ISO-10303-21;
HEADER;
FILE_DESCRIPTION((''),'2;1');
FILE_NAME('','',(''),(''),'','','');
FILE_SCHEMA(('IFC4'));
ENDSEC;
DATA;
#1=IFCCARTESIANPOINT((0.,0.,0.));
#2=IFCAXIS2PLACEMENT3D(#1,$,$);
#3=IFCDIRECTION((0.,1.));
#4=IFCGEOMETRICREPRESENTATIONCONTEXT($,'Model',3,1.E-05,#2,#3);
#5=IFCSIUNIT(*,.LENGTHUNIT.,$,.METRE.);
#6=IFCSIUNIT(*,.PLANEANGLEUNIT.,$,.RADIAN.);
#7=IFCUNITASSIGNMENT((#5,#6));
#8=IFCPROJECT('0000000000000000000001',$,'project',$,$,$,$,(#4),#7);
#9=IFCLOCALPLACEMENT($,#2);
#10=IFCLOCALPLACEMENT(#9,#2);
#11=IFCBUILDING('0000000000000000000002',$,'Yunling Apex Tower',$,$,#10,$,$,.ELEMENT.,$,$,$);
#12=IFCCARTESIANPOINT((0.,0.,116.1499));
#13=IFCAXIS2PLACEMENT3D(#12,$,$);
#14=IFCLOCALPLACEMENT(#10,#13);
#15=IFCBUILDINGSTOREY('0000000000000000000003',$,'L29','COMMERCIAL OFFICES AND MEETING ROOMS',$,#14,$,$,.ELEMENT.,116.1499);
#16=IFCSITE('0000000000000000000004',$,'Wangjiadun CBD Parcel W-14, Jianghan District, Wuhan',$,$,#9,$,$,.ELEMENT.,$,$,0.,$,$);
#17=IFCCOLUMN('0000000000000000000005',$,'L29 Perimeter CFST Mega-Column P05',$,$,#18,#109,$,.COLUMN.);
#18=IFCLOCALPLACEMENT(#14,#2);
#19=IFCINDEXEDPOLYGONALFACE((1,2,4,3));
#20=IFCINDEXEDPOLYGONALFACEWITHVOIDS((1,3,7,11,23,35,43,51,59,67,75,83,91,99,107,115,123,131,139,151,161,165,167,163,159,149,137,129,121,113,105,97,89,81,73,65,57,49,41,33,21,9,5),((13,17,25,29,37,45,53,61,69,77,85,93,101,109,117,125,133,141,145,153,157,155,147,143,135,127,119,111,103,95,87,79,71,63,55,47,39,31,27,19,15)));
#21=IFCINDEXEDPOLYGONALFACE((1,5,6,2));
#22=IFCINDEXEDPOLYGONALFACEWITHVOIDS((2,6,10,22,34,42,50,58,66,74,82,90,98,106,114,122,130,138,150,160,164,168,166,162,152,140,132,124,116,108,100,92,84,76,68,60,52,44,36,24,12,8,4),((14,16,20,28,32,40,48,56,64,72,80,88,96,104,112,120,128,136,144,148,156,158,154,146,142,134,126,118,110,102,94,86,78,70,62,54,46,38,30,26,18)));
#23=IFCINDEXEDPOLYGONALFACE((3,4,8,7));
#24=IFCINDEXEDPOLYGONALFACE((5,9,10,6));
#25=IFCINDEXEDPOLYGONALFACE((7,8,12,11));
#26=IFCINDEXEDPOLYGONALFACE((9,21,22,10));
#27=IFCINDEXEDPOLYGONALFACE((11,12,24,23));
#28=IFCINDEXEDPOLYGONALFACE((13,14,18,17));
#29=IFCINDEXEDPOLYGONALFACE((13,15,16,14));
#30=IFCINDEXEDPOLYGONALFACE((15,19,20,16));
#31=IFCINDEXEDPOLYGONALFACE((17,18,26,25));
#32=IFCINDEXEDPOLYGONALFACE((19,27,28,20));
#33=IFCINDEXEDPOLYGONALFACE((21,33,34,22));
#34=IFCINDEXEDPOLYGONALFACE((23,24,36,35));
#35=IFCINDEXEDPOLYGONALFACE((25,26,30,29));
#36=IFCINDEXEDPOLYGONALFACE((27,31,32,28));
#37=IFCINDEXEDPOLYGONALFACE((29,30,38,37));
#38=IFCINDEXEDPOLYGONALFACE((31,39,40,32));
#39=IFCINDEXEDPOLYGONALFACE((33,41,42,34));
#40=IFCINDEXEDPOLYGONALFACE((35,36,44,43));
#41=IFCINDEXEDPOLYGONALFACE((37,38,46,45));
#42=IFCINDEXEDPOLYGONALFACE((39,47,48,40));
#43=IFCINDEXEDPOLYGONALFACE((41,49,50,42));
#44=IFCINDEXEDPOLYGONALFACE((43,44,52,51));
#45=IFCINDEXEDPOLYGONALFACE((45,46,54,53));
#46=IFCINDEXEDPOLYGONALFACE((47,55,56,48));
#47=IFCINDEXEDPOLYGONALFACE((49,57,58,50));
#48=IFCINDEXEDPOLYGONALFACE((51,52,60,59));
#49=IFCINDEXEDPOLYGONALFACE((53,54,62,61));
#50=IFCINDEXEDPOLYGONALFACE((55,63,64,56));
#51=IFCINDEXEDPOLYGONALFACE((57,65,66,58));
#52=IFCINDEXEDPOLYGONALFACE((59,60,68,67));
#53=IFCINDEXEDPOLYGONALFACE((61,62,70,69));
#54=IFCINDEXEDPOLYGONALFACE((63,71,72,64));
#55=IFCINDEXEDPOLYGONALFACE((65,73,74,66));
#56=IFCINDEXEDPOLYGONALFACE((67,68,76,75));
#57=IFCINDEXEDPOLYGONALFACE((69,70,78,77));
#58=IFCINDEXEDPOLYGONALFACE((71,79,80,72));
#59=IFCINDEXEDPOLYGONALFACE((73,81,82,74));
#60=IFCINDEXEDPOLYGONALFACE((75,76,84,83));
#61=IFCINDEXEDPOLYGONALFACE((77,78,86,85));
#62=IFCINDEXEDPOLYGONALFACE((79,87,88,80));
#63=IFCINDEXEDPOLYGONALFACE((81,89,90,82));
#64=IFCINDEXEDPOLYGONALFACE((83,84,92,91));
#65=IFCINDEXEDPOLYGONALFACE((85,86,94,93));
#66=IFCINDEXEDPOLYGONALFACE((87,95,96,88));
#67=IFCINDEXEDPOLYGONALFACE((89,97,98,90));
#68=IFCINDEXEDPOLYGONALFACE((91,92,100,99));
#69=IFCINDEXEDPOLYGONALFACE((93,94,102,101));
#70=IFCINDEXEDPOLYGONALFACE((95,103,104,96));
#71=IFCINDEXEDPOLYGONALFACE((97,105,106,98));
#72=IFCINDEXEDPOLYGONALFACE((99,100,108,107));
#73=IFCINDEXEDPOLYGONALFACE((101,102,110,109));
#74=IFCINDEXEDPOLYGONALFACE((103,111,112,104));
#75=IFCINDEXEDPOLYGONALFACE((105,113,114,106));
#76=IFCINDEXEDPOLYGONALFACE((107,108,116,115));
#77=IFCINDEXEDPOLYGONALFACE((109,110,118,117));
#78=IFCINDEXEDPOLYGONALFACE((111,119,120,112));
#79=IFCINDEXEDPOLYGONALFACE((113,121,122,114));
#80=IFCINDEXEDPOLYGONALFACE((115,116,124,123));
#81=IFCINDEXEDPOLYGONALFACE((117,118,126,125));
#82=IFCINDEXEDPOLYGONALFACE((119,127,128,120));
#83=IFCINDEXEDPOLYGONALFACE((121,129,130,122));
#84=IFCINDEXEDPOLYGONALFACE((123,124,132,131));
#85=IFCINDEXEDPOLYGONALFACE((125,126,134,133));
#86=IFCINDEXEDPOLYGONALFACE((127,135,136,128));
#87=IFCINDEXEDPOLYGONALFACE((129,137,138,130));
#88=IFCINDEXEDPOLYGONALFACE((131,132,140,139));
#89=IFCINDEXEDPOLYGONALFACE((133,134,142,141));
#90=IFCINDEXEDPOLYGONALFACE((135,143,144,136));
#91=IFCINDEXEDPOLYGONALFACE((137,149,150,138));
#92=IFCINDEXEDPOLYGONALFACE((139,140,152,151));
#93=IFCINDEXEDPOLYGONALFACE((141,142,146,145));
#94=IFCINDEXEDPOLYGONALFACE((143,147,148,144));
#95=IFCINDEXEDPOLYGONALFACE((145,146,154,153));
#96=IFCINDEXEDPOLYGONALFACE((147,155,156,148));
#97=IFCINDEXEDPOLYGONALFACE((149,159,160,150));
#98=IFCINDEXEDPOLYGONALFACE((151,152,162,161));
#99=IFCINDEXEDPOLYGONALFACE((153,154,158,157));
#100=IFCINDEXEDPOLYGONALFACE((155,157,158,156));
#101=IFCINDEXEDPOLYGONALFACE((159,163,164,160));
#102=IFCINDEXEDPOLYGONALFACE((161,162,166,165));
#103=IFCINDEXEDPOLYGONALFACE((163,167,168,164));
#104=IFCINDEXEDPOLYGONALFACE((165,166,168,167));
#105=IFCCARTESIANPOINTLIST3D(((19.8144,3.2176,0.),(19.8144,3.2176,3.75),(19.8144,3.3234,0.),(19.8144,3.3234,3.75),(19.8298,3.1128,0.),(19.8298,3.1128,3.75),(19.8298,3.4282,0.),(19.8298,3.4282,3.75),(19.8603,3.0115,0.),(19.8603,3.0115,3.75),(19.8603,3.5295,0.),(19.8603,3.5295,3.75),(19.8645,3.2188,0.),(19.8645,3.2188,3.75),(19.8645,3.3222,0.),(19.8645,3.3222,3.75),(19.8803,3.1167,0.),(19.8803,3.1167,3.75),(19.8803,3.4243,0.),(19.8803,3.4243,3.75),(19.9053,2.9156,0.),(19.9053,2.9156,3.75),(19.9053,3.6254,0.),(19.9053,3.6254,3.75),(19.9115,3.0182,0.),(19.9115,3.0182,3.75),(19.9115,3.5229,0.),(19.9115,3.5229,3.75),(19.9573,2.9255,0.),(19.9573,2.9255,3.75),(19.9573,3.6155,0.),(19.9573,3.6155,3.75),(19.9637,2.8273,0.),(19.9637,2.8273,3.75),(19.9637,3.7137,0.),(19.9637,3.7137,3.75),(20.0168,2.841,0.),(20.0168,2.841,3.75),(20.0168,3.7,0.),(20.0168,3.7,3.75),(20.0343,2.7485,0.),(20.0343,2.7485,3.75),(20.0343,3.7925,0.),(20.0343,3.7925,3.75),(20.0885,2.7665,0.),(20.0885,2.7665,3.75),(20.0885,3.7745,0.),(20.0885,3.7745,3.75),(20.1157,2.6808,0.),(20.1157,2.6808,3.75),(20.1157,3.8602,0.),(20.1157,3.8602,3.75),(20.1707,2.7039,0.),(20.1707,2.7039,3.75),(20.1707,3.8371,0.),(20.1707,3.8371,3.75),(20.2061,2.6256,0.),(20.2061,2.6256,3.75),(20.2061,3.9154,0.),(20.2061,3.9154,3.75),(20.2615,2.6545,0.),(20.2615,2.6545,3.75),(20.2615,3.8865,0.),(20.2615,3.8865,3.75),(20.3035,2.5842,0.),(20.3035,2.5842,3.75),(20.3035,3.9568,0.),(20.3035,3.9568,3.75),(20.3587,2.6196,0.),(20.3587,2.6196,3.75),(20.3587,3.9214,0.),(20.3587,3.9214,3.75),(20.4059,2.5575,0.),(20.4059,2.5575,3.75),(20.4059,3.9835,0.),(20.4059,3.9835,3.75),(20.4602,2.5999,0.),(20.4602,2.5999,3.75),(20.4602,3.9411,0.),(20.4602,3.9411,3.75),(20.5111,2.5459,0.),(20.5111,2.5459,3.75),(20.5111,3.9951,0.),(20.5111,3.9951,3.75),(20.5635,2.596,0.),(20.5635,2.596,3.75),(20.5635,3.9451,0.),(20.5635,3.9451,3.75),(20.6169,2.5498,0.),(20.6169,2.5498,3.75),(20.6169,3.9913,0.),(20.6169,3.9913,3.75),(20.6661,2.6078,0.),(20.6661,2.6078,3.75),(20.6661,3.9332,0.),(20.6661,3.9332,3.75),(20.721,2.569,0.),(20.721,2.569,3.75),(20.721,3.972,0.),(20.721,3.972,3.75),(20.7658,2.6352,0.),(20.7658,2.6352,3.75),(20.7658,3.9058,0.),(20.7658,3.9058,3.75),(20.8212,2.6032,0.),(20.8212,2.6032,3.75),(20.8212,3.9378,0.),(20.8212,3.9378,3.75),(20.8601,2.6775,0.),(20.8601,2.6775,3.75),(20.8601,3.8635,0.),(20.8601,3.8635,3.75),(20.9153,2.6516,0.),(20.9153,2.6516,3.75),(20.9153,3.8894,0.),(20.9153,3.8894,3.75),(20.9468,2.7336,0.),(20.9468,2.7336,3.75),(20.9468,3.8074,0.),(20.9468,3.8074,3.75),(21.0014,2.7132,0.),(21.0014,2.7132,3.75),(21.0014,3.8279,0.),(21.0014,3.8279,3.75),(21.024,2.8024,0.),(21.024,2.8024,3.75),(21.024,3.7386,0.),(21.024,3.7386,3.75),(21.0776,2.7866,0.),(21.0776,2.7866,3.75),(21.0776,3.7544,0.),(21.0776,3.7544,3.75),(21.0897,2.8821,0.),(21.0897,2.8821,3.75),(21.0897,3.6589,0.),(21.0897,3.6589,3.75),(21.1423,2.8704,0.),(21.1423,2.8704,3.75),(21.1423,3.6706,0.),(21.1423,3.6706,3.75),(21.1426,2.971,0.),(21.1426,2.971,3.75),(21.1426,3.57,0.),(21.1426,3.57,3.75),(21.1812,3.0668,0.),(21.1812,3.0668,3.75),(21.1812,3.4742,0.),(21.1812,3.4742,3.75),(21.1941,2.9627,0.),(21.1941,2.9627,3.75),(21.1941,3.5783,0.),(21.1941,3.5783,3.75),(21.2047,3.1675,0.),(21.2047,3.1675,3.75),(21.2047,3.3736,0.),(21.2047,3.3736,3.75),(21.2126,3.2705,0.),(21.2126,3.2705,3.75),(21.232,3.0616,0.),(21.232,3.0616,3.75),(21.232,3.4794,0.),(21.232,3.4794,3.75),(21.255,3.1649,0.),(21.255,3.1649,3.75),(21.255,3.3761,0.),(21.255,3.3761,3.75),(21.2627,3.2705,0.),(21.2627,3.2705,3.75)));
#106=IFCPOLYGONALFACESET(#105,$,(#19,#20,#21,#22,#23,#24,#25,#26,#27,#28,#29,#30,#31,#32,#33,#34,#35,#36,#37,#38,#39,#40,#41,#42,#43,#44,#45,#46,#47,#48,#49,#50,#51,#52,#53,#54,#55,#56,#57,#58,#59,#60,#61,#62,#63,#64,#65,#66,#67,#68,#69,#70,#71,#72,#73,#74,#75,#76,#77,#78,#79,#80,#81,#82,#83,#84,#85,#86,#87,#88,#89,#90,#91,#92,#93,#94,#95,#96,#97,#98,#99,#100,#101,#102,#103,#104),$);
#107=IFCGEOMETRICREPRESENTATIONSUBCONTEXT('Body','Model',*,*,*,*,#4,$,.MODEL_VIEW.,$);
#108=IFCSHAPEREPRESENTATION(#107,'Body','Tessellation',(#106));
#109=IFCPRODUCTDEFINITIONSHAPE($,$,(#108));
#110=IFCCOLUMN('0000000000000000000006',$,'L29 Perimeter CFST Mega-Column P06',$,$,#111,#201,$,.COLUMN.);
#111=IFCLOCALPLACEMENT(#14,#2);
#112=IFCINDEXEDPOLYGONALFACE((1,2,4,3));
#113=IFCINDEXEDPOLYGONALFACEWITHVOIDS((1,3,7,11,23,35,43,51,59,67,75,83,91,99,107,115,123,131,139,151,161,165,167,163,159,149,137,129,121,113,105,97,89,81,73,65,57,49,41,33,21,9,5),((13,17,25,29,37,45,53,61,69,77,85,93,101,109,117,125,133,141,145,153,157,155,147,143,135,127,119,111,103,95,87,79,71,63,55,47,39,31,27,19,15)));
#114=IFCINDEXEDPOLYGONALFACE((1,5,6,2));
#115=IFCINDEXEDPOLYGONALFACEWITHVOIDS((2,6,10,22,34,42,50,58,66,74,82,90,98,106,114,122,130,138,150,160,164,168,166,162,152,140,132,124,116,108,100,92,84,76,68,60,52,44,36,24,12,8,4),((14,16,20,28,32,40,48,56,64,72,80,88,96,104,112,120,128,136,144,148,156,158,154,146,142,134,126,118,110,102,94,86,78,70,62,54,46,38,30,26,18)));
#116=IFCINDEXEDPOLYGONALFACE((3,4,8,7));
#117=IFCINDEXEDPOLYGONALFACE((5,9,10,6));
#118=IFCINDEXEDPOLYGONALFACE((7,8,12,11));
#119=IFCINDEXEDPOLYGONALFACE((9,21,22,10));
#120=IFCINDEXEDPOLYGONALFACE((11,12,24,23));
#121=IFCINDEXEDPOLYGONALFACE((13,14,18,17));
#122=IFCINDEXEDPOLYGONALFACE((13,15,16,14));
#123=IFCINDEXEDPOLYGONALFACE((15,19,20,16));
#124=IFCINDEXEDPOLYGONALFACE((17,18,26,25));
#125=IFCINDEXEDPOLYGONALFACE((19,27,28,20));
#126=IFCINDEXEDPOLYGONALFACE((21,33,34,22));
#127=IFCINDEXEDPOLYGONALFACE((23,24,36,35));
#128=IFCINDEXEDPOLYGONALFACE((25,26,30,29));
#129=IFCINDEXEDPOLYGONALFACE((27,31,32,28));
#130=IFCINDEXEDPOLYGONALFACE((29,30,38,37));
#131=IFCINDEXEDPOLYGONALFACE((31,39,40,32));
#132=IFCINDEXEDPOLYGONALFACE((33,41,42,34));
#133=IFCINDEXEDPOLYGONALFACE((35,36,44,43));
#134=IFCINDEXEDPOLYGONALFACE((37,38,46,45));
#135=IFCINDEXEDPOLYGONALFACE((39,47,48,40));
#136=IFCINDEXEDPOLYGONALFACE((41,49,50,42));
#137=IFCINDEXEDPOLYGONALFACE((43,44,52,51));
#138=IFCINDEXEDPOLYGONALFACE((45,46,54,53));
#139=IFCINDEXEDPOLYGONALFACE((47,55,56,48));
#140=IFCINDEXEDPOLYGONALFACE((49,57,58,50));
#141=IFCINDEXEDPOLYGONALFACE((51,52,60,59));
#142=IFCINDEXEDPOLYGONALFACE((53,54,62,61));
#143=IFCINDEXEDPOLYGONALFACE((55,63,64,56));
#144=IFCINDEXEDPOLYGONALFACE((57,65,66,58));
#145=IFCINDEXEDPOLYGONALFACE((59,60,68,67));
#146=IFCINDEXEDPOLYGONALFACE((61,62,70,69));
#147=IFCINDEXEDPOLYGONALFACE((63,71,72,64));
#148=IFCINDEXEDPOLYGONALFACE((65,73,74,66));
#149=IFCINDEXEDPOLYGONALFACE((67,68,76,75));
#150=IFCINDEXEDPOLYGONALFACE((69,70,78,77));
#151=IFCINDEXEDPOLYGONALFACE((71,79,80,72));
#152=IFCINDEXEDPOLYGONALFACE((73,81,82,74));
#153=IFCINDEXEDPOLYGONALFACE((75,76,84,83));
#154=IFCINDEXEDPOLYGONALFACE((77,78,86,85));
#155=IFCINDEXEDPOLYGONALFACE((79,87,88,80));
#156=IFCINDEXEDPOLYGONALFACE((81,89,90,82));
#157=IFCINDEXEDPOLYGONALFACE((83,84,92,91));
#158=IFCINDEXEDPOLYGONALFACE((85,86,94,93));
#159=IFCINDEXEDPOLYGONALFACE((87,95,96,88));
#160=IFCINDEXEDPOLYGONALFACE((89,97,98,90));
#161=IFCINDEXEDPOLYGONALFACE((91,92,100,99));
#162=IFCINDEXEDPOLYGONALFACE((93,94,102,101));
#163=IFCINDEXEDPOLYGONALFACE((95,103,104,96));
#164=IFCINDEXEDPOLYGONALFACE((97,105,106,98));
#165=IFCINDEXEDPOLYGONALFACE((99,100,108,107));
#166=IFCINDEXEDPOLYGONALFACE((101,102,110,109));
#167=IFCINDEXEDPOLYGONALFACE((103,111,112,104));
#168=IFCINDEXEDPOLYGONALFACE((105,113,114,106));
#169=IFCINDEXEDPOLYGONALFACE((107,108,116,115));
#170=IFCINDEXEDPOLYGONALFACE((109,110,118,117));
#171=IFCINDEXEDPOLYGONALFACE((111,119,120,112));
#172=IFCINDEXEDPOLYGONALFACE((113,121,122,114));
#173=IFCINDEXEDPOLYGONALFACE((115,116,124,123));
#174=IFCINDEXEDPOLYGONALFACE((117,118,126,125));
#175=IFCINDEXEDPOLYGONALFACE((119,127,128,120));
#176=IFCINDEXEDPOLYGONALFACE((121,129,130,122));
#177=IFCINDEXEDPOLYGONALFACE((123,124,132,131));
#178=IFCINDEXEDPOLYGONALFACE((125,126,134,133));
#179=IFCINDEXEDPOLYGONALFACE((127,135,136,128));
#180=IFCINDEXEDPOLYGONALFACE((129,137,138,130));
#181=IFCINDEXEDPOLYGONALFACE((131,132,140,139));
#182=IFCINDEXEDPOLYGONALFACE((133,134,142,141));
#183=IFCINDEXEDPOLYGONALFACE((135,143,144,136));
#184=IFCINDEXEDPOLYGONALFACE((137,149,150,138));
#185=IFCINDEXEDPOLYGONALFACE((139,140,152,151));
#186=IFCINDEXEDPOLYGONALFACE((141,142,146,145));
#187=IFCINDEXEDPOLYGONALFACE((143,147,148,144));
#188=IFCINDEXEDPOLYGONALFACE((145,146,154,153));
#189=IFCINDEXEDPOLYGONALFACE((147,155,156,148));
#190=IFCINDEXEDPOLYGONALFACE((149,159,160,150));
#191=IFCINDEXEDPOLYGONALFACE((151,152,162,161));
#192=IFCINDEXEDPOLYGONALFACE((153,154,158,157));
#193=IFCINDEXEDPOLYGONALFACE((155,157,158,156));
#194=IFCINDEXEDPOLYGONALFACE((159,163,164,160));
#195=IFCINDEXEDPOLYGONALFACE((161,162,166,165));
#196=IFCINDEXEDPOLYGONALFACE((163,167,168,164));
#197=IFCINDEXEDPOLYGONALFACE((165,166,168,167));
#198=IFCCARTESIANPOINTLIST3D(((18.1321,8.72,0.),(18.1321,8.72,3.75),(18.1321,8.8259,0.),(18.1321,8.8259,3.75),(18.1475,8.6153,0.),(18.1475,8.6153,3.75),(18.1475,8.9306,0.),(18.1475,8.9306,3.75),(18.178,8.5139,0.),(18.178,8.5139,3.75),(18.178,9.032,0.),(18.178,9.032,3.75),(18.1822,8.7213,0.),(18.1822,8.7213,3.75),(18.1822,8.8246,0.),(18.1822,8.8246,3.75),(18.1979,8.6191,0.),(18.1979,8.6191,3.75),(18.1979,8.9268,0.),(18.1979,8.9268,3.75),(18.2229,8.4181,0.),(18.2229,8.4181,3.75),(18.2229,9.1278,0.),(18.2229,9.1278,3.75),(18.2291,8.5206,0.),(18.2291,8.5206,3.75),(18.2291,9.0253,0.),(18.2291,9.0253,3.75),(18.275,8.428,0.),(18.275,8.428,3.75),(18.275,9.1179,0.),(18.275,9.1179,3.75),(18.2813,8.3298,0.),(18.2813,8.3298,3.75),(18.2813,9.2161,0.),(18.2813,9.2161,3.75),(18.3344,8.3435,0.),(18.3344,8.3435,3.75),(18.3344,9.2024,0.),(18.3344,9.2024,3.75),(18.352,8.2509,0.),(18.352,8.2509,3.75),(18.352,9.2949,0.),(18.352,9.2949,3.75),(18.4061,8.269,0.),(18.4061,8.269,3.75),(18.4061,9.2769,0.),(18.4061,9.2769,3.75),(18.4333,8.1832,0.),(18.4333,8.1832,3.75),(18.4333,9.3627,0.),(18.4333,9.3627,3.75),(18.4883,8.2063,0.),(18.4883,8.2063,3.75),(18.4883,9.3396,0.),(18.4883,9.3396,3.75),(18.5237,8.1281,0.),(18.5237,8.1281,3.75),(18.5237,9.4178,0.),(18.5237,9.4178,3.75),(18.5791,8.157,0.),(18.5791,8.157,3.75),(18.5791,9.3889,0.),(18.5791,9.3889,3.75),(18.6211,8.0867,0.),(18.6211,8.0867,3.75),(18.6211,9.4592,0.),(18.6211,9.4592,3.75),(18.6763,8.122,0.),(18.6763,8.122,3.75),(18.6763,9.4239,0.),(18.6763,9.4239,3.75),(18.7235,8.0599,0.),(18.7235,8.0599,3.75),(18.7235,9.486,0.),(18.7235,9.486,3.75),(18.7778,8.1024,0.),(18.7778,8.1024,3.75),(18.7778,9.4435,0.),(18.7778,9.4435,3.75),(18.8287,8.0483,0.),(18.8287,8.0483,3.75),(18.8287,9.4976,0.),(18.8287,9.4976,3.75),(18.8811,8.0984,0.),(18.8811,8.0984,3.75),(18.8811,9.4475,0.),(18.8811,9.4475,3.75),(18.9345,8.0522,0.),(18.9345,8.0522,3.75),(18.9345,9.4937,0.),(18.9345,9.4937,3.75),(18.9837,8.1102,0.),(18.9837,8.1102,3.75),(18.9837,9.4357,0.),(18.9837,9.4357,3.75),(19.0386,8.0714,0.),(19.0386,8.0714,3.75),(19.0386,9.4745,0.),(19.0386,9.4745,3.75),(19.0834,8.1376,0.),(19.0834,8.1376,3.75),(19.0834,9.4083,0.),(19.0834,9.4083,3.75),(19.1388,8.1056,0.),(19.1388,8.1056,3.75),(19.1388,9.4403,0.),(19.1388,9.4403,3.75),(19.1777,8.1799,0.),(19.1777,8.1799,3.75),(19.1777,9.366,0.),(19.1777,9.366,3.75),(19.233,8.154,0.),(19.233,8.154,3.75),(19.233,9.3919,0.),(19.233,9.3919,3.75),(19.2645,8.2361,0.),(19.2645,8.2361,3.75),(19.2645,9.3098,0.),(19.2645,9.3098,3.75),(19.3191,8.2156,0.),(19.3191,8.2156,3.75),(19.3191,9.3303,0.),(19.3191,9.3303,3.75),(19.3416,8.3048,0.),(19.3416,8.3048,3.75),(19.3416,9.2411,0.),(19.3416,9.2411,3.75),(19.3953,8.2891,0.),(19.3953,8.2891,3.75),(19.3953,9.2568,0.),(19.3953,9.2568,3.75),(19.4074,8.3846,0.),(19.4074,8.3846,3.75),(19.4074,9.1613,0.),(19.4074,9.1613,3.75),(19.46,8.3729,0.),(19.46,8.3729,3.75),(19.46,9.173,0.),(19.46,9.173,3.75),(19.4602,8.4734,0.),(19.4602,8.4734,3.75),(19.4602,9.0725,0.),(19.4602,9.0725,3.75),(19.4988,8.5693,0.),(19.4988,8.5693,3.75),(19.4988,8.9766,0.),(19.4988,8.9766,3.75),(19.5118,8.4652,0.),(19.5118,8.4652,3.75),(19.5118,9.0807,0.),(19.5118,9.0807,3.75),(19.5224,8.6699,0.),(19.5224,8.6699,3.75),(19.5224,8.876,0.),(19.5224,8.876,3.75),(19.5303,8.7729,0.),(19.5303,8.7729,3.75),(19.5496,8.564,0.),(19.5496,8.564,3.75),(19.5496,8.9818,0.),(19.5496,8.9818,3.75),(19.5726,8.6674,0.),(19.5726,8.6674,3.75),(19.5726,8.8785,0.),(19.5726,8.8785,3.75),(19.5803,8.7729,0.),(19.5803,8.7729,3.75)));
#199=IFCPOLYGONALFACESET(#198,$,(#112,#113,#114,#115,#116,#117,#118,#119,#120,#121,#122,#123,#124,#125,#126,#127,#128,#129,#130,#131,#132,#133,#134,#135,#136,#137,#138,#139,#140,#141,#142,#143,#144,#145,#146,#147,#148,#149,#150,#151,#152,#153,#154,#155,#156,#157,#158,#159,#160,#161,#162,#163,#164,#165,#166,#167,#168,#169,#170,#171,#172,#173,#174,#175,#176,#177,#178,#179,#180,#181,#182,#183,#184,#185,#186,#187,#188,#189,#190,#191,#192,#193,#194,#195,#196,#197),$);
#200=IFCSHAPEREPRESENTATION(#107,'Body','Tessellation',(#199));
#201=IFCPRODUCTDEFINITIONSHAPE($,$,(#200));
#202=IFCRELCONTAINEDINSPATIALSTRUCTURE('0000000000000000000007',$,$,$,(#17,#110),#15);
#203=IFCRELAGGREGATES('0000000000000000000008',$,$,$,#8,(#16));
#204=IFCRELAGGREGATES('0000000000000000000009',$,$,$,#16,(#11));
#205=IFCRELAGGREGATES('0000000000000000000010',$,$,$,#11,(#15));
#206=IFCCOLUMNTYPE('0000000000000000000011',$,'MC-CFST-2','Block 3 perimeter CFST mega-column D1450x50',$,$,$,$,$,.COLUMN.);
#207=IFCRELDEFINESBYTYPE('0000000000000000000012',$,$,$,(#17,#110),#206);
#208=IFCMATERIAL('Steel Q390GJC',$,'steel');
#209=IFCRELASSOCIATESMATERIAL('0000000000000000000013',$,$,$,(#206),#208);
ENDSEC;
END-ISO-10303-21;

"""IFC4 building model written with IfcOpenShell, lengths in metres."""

from ifc_helpers import new_model, si_unit, direction, frame, origin, origin_2d, place, context, subcontext, project, spatial, hollow_circle, extrude, source, transform, mapped, material, material_profile, profile_set, type_object, element, save


model = new_model("IFC4")

# Units and contexts
model_context = context("Model", 3, precision=1e-05, world=origin(), true_north=direction((0.0, 1.0)))
body_context = subcontext(model_context, "Body", "Model", "MODEL_VIEW")
ifc_project = project(units=[si_unit("LENGTHUNIT", "METRE"), si_unit("PLANEANGLEUNIT", "RADIAN")], contexts=[model_context])

# Site, building, storey
site_placement = place(None, origin())
site = spatial("IfcSite", under=ifc_project, at=site_placement, Name="Wangjiadun CBD Parcel W-14, Jianghan District, Wuhan", CompositionType="ELEMENT", RefElevation=0.0)
building_placement = place(site_placement, origin())
building = spatial("IfcBuilding", under=site, at=building_placement, Name="Yunling Apex Tower", CompositionType="ELEMENT")
storey_placement = place(building_placement, frame((0.0, 0.0, 116.1499)))
storey = spatial("IfcBuildingStorey", under=building, at=storey_placement, Name="L29", Description="COMMERCIAL OFFICES AND MEETING ROOMS", CompositionType="ELEMENT", Elevation=116.1499)

# Columns
ifc_material_1 = material(Name="Steel Q390GJC", Category="steel")
ifc_material_profile_1 = material_profile(ifc_material_1, hollow_circle(Radius=0.7251, WallThickness=0.05, at=origin_2d()))
ifc_profile_set_1 = profile_set([ifc_material_profile_1], Name="Steel Q390GJC")
column_type = type_object("IfcColumnType", Name="MC-CFST-2", Description="Block 3 perimeter CFST mega-column D1450x50", PredefinedType="COLUMN", material=ifc_profile_set_1)
shared_shape_1 = source(origin(), body_context, "Body", "SweptSolid", [
    extrude(hollow_circle(Radius=0.7251, WallThickness=0.05, at=origin_2d()), origin(), (0.0, 0.0, 1.0), 3.75),
])
for number, where, z_axis, x_axis, name in (
    (1, (20.5376, 3.2705, 0.0), (0.0, 0.0, 1.0), (1.0, 0.0, 0.0), "L29 Perimeter CFST Mega-Column P05"),
    (2, (18.8552, 8.7729, 0.0), (0.0, 0.0, 1.0), (1.0, 0.0, 0.0), "L29 Perimeter CFST Mega-Column P06"),
):
    element("IfcColumn", number, at=place(storey_placement, frame(where, z_axis=z_axis, x_axis=x_axis)), inside=storey, type_object=column_type, Name=name, PredefinedType="COLUMN", context=body_context, shape_type="MappedRepresentation", body=[
        mapped(shared_shape_1, transform((0.0, 0.0, 0.0), scale=1.0)),
    ])

save(model, "model.ifc")
